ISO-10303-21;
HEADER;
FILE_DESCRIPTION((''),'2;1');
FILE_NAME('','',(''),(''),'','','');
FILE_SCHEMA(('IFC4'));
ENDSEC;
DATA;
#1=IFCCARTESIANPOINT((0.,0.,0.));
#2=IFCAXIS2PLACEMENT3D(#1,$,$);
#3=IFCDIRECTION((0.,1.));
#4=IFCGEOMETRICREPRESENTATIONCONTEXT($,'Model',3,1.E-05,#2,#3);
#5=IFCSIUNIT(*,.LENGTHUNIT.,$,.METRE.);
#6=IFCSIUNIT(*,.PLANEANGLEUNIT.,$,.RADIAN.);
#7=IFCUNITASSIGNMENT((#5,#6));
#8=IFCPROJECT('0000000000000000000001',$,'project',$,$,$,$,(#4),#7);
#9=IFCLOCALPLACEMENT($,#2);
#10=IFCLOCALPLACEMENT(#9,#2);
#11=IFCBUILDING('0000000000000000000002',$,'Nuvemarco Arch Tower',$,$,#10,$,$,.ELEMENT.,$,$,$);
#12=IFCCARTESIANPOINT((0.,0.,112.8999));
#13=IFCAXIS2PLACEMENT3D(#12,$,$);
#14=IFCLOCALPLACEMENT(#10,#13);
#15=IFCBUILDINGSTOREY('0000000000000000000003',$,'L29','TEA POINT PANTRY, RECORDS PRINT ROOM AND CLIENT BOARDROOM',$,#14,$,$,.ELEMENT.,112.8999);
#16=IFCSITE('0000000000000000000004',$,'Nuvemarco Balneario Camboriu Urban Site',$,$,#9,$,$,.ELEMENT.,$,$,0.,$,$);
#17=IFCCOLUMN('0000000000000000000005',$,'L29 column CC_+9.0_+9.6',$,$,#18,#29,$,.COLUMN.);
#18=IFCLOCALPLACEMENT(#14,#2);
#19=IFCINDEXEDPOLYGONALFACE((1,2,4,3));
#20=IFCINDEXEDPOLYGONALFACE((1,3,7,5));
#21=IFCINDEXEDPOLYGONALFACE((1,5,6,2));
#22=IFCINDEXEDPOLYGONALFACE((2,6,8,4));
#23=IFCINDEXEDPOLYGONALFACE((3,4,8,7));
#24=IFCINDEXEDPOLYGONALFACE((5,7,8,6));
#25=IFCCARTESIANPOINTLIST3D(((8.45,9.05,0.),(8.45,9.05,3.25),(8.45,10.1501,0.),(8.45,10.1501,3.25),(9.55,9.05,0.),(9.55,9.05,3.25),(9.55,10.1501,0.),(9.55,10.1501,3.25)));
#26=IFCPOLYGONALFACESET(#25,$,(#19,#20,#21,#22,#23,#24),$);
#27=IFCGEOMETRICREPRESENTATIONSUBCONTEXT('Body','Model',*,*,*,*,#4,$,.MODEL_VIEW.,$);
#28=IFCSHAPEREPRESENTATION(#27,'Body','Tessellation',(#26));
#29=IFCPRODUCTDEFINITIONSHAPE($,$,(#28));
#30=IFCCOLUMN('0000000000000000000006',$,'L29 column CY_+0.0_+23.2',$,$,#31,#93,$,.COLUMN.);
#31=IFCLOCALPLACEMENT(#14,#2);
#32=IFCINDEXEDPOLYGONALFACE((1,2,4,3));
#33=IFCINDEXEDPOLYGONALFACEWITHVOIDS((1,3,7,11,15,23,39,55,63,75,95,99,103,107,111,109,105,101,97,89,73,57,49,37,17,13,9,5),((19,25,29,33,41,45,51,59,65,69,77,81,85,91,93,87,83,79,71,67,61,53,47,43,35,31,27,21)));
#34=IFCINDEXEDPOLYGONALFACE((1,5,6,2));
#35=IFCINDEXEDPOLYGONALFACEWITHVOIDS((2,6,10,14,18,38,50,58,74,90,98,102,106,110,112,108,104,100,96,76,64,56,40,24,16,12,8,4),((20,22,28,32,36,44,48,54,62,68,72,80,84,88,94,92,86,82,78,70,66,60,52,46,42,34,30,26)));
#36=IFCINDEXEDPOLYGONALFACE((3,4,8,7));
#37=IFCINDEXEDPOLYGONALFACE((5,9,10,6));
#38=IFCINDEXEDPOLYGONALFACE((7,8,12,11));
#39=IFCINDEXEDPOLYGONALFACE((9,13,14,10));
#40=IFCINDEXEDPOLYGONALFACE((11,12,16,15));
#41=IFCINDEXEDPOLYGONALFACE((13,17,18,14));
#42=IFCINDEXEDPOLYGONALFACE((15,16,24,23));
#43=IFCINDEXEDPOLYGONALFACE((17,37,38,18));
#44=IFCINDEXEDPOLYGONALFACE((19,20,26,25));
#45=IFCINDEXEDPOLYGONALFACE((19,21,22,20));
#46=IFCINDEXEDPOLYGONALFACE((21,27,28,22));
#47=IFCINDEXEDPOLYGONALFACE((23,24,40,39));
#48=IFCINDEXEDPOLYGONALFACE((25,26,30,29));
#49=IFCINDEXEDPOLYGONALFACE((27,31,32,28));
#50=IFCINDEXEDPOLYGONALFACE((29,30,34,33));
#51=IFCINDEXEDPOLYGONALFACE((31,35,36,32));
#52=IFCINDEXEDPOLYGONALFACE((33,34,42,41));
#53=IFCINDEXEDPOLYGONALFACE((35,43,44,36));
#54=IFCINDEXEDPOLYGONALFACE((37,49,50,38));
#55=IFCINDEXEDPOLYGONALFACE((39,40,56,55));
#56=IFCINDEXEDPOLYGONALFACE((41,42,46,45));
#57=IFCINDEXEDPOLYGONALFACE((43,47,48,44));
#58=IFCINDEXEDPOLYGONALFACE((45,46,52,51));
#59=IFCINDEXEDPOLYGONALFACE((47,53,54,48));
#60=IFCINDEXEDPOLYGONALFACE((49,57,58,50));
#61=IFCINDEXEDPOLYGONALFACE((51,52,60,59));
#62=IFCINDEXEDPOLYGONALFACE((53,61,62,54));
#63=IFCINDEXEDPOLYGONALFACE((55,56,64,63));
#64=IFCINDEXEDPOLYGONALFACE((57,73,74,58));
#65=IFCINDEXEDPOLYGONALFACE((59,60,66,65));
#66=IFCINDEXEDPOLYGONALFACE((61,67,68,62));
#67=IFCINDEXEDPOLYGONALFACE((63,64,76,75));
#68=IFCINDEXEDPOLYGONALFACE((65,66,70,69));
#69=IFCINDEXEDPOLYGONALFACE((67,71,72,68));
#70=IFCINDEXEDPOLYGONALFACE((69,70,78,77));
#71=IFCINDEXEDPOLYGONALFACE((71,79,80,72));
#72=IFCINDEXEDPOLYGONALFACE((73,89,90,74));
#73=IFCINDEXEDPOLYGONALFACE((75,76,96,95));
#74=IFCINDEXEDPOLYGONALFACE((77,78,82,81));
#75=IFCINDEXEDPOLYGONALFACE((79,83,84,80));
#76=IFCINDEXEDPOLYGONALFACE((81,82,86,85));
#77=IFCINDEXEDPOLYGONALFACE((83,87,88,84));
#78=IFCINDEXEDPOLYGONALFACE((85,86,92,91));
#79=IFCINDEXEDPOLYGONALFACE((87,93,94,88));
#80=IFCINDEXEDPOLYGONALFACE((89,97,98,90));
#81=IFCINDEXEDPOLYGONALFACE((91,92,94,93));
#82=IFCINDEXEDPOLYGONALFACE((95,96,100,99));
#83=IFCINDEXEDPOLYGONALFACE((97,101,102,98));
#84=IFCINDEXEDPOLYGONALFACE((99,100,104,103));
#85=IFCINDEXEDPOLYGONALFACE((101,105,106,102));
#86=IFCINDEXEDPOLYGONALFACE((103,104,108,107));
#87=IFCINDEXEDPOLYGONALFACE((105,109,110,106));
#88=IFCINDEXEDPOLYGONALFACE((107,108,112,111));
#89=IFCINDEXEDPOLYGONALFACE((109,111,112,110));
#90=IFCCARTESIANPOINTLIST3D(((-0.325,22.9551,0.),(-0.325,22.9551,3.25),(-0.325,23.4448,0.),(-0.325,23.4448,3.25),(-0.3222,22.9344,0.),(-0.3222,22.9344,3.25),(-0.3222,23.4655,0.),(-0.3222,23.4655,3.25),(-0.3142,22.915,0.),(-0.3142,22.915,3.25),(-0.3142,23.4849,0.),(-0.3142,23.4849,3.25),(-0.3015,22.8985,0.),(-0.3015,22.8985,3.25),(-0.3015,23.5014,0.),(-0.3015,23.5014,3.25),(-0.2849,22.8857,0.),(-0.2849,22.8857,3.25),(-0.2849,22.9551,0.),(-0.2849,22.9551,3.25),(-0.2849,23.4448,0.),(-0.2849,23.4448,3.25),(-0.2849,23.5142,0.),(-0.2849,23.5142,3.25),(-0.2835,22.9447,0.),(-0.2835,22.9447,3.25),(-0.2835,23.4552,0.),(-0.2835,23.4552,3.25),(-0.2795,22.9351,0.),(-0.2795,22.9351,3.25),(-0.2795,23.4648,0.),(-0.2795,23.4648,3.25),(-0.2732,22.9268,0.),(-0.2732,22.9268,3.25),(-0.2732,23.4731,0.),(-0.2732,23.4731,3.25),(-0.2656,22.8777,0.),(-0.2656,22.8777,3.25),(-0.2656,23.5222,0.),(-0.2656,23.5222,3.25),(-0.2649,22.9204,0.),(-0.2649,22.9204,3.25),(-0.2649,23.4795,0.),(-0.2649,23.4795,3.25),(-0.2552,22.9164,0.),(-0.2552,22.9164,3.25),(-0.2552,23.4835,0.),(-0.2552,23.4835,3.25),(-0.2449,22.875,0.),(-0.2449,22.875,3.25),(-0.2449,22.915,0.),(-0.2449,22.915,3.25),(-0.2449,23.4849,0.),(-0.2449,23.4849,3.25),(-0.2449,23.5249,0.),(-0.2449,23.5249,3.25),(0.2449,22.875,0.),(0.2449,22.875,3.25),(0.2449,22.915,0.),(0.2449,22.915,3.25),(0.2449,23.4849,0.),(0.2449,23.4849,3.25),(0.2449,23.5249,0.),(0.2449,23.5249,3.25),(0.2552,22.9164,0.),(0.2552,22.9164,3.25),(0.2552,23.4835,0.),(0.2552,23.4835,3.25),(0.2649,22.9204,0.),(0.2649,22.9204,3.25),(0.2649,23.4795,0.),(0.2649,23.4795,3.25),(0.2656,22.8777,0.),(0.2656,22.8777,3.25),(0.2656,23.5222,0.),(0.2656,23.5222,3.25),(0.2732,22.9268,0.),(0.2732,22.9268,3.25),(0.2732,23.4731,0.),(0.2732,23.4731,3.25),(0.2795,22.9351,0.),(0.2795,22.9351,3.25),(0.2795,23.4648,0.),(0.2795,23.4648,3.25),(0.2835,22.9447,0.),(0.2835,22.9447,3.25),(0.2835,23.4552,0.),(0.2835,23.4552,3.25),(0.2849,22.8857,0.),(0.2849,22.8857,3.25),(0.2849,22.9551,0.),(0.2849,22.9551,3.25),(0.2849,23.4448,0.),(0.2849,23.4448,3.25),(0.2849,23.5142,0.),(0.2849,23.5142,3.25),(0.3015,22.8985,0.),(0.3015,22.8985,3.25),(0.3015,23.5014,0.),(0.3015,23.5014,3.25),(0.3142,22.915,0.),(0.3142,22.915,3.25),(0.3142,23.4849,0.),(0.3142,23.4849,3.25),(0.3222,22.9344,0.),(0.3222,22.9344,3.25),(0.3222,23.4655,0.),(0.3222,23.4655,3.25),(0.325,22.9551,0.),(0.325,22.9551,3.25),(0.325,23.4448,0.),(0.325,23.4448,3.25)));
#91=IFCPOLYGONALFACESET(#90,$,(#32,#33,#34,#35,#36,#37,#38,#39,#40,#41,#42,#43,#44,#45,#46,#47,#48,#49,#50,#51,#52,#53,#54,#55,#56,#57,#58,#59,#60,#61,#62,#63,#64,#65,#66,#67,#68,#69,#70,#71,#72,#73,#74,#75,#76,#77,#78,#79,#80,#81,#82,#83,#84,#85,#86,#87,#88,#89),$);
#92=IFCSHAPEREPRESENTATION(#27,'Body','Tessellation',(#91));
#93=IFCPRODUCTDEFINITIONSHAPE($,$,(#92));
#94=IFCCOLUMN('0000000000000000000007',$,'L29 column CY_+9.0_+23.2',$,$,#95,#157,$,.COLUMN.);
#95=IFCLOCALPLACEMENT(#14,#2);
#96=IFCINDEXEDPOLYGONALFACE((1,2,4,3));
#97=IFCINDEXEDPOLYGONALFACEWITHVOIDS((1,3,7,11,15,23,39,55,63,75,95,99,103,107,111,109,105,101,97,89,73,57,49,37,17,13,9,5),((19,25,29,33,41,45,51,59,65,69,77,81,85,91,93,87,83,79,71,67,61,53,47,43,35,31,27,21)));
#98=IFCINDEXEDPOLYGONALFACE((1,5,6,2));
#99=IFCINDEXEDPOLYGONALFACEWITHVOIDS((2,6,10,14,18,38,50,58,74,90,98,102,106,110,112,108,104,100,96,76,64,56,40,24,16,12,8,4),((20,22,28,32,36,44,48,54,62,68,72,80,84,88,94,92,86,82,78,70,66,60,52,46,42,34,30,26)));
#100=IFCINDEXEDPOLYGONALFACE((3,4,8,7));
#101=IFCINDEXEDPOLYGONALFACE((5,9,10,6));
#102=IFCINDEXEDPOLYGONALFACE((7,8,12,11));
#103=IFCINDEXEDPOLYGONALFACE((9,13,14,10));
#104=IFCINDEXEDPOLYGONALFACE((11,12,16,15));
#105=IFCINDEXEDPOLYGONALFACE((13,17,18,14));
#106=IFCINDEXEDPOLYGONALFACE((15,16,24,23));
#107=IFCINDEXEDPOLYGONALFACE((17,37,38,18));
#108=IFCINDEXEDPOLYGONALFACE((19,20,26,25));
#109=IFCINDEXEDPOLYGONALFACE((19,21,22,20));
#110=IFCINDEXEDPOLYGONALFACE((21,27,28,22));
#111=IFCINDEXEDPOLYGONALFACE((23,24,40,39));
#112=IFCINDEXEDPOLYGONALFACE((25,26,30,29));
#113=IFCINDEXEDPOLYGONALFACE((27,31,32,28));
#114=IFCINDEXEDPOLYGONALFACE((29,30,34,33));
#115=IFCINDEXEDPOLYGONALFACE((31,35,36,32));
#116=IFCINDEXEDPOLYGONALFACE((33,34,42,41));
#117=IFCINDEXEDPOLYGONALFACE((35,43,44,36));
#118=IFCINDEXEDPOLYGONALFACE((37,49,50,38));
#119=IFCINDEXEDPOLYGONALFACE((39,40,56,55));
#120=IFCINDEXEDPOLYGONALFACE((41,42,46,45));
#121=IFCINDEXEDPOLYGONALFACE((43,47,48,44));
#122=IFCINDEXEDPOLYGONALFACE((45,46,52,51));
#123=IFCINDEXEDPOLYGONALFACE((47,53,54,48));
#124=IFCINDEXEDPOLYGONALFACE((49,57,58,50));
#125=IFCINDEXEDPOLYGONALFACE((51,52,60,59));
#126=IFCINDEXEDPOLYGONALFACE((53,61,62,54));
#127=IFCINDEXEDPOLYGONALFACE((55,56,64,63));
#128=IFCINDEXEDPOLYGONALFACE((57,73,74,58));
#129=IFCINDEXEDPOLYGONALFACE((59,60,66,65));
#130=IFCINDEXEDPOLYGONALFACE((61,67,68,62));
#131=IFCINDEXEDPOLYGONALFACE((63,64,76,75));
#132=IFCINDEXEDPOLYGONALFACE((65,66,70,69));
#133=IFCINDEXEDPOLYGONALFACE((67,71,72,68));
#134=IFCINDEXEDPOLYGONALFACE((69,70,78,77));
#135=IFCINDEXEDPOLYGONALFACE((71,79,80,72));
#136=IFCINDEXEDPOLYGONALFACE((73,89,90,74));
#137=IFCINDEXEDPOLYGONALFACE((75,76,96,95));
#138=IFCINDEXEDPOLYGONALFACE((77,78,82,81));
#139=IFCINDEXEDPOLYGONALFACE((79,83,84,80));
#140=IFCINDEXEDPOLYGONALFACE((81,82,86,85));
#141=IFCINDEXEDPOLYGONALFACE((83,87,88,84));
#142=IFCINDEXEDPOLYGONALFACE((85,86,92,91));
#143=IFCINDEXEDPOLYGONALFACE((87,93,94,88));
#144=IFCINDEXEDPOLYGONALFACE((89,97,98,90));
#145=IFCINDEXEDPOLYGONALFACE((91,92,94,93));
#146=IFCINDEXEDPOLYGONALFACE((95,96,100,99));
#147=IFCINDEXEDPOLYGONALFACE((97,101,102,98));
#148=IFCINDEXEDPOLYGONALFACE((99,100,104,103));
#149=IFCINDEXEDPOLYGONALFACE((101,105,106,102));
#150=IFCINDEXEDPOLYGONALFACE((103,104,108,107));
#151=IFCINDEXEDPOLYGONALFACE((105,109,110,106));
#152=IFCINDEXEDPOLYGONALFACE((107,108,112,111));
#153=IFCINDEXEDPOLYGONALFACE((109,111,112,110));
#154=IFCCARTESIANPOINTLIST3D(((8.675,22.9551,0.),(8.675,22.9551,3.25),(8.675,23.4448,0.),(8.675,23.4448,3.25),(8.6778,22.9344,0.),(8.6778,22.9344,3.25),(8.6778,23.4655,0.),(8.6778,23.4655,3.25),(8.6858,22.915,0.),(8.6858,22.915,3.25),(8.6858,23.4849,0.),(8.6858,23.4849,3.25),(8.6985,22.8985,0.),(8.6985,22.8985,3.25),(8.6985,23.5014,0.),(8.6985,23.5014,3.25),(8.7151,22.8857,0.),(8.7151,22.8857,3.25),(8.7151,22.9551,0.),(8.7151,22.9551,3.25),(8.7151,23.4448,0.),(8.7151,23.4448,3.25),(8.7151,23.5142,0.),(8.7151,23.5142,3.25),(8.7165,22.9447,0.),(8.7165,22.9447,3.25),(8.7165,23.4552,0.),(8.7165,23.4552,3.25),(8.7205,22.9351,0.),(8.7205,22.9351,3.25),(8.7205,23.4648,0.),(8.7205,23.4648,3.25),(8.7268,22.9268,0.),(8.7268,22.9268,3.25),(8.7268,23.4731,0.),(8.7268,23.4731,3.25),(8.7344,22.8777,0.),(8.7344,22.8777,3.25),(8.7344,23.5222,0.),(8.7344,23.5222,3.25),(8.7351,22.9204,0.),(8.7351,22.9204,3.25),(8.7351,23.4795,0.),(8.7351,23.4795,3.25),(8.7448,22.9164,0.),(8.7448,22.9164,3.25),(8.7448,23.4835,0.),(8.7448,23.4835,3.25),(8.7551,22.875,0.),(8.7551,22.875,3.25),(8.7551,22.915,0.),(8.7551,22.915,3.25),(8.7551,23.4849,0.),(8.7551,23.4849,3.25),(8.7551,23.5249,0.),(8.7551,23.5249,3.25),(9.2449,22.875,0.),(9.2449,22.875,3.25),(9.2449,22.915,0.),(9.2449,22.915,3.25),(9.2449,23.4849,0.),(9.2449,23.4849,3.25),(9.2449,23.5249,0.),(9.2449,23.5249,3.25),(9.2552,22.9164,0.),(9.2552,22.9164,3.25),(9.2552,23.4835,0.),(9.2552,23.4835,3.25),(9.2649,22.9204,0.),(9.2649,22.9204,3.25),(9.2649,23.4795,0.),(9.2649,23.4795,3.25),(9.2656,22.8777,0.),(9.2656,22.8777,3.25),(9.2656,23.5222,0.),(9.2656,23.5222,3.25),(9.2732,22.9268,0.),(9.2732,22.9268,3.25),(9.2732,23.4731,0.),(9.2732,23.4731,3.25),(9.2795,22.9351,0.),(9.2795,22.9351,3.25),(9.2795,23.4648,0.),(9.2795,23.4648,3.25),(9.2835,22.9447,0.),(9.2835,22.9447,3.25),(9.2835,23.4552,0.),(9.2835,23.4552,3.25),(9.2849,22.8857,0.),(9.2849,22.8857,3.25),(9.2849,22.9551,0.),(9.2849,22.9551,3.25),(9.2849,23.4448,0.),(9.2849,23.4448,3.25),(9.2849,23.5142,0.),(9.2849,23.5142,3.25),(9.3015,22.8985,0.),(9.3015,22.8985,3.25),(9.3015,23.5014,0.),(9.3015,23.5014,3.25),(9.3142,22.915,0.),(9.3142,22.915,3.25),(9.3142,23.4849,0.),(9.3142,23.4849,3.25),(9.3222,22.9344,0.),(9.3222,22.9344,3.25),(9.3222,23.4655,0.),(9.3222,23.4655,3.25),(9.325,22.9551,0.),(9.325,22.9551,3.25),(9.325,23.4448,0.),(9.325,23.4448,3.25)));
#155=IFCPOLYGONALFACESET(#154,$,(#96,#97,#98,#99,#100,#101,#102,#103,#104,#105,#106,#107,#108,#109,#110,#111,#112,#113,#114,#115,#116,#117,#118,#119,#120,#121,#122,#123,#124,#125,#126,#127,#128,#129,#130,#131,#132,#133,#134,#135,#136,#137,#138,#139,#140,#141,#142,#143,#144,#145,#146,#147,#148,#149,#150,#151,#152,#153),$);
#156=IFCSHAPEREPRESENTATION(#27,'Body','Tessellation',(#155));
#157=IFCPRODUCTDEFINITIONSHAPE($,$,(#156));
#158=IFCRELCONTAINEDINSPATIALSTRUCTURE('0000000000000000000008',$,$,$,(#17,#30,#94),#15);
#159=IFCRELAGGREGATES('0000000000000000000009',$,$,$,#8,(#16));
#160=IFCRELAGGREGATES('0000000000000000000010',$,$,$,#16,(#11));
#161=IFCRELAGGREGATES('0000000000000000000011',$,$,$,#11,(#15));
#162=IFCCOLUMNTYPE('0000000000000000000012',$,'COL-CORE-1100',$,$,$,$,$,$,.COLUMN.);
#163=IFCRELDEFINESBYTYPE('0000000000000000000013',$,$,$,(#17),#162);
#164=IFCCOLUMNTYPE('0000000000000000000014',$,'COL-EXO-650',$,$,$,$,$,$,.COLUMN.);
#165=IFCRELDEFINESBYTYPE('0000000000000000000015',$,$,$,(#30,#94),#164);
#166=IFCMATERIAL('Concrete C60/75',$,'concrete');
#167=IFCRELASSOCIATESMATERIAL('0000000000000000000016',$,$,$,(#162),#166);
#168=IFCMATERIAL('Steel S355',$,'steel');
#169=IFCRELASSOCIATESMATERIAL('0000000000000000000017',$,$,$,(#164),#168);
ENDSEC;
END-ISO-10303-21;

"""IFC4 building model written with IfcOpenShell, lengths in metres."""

from ifc_helpers import new_model, si_unit, direction, frame, origin, origin_2d, place, context, subcontext, project, spatial, rectangle, hollow_rectangle, extrude, material, material_profile, profile_set, type_object, element, save


model = new_model("IFC4")

# Units and contexts
model_context = context("Model", 3, precision=1e-05, world=origin(), true_north=direction((0.0, 1.0)))
body_context = subcontext(model_context, "Body", "Model", "MODEL_VIEW")
ifc_project = project(units=[si_unit("LENGTHUNIT", "METRE"), si_unit("PLANEANGLEUNIT", "RADIAN")], contexts=[model_context])

# Site, building, storey
site_placement = place(None, origin())
site = spatial("IfcSite", under=ifc_project, at=site_placement, Name="Nuvemarco Balneario Camboriu Urban Site", CompositionType="ELEMENT", RefElevation=0.0)
building_placement = place(site_placement, origin())
building = spatial("IfcBuilding", under=site, at=building_placement, Name="Nuvemarco Arch Tower", CompositionType="ELEMENT")
storey_placement = place(building_placement, frame((0.0, 0.0, 112.8999)))
storey = spatial("IfcBuildingStorey", under=building, at=storey_placement, Name="L29", Description="TEA POINT PANTRY, RECORDS PRINT ROOM AND CLIENT BOARDROOM", CompositionType="ELEMENT", Elevation=112.8999)

# Columns
ifc_material_1 = material(Name="Concrete C60/75", Category="concrete")
ifc_material_profile_1 = material_profile(ifc_material_1, rectangle(XDim=1.1001, YDim=1.1001, at=origin_2d()), Name="RC-COL-1100x1100")
ifc_profile_set_1 = profile_set([ifc_material_profile_1], Name="Concrete C60/75")
column_type_1 = type_object("IfcColumnType", Name="COL-CORE-1100", PredefinedType="COLUMN", material=ifc_profile_set_1)
column_placement = place(storey_placement, frame((9.0, 9.6001, 0.0), z_axis=(0.0, 0.0, 1.0), x_axis=(1.0, 0.0, 0.0)))
element("IfcColumn", 1, at=column_placement, inside=storey, type_object=column_type_1, Name="L29 column CC_+9.0_+9.6", PredefinedType="COLUMN", context=body_context, shape_type="SweptSolid", body=[
    extrude(rectangle(XDim=1.1001, YDim=1.1001, at=origin_2d()), origin(), (0.0, 0.0, 1.0), 3.25),
])
ifc_material_2 = material(Name="Steel S355", Category="steel")
ifc_material_profile_2 = material_profile(ifc_material_2, hollow_rectangle(XDim=0.6499, YDim=0.6499, WallThickness=0.04, InnerFilletRadius=0.04, OuterFilletRadius=0.0801, at=origin_2d()), Name="SHS650x650x40")
ifc_profile_set_2 = profile_set([ifc_material_profile_2], Name="Steel S355")
column_type_2 = type_object("IfcColumnType", Name="COL-EXO-650", PredefinedType="COLUMN", material=ifc_profile_set_2)
for number, where, z_axis, x_axis, name in (
    (2, (0.0, 23.2, 0.0), (0.0, 0.0, 1.0), (1.0, 0.0, 0.0), "L29 column CY_+0.0_+23.2"),
    (3, (9.0, 23.2, 0.0), (0.0, 0.0, 1.0), (1.0, 0.0, 0.0), "L29 column CY_+9.0_+23.2"),
):
    element("IfcColumn", number, at=place(storey_placement, frame(where, z_axis=z_axis, x_axis=x_axis)), inside=storey, type_object=column_type_2, Name=name, PredefinedType="COLUMN", context=body_context, shape_type="SweptSolid", body=[
        extrude(hollow_rectangle(XDim=0.6499, YDim=0.6499, WallThickness=0.04, InnerFilletRadius=0.04, OuterFilletRadius=0.0801, at=origin_2d()), origin(), (0.0, 0.0, 1.0), 3.25),
    ])

save(model, "model.ifc")
